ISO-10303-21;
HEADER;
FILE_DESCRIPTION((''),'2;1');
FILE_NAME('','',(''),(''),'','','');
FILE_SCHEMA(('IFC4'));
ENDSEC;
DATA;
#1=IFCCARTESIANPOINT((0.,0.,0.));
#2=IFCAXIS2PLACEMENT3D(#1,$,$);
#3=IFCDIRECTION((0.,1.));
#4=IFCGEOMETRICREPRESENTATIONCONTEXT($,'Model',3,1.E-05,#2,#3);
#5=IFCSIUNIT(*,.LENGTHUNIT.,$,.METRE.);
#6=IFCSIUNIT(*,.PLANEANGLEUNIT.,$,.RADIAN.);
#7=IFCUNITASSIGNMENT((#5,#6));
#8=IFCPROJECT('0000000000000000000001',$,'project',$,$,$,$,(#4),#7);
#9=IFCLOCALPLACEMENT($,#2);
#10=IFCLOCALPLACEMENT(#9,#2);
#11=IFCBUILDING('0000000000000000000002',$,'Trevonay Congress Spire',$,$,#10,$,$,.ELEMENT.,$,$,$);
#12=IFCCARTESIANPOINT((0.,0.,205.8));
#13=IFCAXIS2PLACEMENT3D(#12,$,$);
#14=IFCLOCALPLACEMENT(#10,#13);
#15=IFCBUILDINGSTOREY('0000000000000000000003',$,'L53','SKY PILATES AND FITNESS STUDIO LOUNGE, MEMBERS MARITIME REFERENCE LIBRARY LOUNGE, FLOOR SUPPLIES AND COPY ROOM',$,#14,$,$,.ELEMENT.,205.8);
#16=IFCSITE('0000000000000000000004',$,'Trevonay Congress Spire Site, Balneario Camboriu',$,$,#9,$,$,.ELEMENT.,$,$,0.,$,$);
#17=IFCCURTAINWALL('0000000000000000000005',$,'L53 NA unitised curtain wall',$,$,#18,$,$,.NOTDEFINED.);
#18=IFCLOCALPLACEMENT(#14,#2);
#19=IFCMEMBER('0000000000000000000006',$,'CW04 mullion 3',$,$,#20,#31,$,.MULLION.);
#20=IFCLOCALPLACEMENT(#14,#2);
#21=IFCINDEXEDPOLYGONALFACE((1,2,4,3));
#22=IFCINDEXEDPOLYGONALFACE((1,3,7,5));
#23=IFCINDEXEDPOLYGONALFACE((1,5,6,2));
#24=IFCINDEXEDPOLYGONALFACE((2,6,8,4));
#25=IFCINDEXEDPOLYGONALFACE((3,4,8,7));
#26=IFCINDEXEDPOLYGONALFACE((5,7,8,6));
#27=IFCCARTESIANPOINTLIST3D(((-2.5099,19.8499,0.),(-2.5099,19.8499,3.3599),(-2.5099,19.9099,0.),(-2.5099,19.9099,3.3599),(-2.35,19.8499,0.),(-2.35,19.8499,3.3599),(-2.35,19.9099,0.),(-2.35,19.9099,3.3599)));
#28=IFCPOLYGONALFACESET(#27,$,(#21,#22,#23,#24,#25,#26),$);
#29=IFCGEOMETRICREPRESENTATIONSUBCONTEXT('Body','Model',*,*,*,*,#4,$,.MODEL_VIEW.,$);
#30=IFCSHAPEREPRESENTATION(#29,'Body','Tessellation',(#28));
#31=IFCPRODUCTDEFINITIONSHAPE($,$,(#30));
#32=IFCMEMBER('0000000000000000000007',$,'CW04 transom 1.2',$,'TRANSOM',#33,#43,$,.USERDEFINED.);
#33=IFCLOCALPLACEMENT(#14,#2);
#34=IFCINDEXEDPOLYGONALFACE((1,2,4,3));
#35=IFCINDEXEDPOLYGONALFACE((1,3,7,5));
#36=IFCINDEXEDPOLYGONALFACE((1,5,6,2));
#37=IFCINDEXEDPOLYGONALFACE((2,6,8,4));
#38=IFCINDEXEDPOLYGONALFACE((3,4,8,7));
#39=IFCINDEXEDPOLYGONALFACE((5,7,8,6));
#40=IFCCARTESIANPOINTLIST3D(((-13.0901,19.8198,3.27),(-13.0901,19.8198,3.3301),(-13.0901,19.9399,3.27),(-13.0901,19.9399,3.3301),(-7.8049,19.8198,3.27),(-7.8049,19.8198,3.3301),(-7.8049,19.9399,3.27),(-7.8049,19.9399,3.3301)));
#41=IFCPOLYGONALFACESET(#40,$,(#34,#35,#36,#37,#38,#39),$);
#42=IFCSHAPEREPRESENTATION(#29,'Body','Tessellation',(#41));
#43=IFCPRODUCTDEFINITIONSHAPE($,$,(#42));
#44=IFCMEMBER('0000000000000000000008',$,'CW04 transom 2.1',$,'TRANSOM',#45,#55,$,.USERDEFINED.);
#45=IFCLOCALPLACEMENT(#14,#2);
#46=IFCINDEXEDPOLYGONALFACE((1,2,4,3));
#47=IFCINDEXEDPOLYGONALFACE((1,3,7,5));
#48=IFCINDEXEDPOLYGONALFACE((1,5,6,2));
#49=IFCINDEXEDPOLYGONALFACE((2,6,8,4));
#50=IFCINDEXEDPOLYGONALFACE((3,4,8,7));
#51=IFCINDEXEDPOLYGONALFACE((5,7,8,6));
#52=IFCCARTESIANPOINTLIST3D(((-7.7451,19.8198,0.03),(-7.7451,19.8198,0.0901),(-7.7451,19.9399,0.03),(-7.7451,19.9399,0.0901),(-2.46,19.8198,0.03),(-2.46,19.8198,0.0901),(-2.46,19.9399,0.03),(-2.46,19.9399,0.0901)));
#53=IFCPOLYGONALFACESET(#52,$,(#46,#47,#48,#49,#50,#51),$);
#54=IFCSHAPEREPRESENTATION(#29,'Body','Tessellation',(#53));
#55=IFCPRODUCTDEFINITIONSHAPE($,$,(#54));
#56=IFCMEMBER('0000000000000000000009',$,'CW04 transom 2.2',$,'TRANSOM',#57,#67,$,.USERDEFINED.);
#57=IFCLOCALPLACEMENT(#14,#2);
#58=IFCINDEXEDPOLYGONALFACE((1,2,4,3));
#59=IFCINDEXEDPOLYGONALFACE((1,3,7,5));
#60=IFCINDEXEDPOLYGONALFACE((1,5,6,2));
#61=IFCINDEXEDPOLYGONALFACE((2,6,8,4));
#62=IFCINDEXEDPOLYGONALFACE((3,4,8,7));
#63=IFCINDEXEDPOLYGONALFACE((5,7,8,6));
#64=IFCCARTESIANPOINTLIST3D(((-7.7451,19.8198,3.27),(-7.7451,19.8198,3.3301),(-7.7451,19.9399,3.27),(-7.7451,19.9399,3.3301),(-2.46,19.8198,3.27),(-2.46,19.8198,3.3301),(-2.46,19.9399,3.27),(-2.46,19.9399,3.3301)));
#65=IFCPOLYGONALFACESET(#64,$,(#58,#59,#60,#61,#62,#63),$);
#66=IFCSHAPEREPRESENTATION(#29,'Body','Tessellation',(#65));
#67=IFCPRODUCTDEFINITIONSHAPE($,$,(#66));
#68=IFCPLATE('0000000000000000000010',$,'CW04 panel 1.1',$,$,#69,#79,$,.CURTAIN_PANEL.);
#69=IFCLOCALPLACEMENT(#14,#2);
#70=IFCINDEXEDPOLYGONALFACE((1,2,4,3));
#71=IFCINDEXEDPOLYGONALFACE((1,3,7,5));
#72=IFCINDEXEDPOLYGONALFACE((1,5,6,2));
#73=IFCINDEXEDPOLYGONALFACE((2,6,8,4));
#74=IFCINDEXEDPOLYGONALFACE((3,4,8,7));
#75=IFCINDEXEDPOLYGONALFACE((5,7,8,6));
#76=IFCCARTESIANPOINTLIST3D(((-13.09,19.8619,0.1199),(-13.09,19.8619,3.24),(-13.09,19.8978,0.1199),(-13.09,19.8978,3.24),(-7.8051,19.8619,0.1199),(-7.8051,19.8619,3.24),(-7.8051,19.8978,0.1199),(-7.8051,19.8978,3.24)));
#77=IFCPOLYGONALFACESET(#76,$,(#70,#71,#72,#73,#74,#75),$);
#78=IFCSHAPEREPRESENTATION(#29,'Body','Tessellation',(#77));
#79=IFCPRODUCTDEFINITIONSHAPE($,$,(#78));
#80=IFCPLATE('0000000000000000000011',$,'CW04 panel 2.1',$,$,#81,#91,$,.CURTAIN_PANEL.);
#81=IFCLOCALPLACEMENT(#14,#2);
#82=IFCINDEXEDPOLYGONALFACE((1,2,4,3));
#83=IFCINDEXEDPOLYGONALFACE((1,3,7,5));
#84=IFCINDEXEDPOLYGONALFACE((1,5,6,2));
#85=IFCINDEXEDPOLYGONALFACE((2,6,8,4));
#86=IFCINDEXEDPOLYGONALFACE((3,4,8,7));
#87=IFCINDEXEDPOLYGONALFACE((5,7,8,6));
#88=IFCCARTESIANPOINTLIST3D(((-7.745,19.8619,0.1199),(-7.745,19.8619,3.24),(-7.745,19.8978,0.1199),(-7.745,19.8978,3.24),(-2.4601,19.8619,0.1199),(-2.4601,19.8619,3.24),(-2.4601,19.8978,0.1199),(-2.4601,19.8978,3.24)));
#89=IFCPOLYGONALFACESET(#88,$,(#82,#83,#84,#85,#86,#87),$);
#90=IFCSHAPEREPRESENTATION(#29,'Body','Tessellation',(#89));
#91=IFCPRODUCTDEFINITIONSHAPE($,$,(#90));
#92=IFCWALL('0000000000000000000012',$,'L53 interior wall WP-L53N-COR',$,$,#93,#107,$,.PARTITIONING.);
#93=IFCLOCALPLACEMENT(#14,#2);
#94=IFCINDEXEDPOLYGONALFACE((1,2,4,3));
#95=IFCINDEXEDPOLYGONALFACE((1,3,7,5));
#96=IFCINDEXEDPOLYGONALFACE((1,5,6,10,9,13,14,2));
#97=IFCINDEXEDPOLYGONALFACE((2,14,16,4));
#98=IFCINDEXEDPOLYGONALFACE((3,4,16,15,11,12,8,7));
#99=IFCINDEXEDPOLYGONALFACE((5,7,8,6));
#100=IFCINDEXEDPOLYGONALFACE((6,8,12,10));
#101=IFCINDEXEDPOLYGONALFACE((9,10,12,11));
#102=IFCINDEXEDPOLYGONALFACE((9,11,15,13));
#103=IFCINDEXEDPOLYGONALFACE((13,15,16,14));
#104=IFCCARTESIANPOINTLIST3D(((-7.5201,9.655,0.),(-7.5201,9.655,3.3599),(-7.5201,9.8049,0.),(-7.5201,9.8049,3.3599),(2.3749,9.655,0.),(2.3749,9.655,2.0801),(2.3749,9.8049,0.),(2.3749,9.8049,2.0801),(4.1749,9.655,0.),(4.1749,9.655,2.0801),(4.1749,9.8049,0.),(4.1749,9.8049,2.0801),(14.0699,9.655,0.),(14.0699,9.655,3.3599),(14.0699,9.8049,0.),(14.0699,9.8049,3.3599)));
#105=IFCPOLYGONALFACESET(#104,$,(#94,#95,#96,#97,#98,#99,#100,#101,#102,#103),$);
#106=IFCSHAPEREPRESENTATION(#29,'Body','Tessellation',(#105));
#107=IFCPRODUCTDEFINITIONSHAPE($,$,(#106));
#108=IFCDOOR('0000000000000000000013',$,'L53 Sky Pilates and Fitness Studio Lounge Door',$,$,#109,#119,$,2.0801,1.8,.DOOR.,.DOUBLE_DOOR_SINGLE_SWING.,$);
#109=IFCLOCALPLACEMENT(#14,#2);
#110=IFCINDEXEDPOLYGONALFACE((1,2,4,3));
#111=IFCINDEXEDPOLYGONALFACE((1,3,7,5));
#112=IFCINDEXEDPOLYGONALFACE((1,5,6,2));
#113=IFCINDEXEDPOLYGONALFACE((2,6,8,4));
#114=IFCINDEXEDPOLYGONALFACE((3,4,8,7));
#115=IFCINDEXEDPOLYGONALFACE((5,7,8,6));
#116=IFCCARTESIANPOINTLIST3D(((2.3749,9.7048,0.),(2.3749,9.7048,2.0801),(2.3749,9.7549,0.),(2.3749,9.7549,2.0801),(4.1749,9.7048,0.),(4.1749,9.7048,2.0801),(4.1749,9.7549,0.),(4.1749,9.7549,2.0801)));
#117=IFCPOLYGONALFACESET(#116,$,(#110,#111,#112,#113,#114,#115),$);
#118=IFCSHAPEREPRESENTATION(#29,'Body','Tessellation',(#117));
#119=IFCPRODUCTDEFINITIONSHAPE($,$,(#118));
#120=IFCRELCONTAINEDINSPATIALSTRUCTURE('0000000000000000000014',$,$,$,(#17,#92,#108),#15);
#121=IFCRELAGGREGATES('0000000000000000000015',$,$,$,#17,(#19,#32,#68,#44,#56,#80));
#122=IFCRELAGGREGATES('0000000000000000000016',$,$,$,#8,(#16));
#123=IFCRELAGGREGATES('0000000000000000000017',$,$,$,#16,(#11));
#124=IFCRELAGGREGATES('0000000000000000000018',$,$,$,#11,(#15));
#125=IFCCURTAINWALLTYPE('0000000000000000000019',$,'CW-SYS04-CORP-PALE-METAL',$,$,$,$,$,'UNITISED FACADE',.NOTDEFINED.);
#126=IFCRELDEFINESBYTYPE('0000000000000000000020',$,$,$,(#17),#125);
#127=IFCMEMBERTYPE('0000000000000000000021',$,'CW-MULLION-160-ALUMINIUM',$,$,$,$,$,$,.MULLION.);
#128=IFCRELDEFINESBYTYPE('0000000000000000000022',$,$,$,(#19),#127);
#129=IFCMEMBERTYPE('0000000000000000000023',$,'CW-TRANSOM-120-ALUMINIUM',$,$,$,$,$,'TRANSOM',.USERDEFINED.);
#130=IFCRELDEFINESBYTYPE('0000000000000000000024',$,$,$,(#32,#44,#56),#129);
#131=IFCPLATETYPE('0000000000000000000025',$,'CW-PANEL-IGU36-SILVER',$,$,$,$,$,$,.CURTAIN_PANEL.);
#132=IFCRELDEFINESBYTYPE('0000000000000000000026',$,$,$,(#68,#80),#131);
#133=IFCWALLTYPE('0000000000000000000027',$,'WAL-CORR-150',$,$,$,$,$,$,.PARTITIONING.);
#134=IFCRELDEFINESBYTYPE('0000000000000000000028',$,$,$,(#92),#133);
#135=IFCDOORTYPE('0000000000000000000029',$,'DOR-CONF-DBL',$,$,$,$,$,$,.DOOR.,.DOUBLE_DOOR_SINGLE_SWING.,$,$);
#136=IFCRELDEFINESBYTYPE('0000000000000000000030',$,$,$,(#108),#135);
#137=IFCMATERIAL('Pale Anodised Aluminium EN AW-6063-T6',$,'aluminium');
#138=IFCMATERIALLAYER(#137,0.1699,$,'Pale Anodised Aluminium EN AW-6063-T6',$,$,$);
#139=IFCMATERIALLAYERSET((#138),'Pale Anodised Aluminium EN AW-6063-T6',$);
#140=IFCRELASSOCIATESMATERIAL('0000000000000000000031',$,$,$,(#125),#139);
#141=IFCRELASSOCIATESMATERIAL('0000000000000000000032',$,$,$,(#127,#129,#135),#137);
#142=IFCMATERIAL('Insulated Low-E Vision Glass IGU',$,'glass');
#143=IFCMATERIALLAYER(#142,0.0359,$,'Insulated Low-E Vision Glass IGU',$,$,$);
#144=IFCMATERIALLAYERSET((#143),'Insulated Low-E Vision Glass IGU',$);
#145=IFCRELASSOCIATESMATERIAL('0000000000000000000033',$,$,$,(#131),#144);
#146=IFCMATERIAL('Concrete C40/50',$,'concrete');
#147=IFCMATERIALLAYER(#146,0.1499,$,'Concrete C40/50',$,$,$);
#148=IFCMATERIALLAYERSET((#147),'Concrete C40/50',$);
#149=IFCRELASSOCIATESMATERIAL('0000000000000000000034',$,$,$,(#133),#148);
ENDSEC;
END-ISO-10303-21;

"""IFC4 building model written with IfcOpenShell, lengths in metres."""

from ifc_helpers import new_model, si_unit, direction, frame, frame_2d, origin, origin_2d, place, context, subcontext, project, spatial, rectangle, extrude, material, layer, layer_set, material_profile, profile_set, type_object, element, fill, aggregate, save


model = new_model("IFC4")

# Units and contexts
model_context = context("Model", 3, precision=1e-05, world=origin(), true_north=direction((0.0, 1.0)))
body_context = subcontext(model_context, "Body", "Model", "MODEL_VIEW")
ifc_project = project(units=[si_unit("LENGTHUNIT", "METRE"), si_unit("PLANEANGLEUNIT", "RADIAN")], contexts=[model_context])

# Site, building, storey
site_placement = place(None, origin())
site = spatial("IfcSite", under=ifc_project, at=site_placement, Name="Trevonay Congress Spire Site, Balneario Camboriu", CompositionType="ELEMENT", RefElevation=0.0)
building_placement = place(site_placement, origin())
building = spatial("IfcBuilding", under=site, at=building_placement, Name="Trevonay Congress Spire", CompositionType="ELEMENT")
storey_placement = place(building_placement, frame((0.0, 0.0, 205.8)))
storey = spatial("IfcBuildingStorey", under=building, at=storey_placement, Name="L53", Description="SKY PILATES AND FITNESS STUDIO LOUNGE, MEMBERS MARITIME REFERENCE LIBRARY LOUNGE, FLOOR SUPPLIES AND COPY ROOM", CompositionType="ELEMENT", Elevation=205.8)

# Curtain wall, members, plates
ifc_material_1 = material(Name="Pale Anodised Aluminium EN AW-6063-T6", Category="aluminium")
ifc_layer_1 = layer(ifc_material_1, 0.1699, Name="Pale Anodised Aluminium EN AW-6063-T6")
ifc_layer_set_1 = layer_set([ifc_layer_1], Name="Pale Anodised Aluminium EN AW-6063-T6")
curtain_wall_type = type_object("IfcCurtainWallType", Name="CW-SYS04-CORP-PALE-METAL", ElementType="UNITISED FACADE", PredefinedType="NOTDEFINED", material=ifc_layer_set_1)
curtain_wall_placement = place(storey_placement, origin())
curtain_wall = element("IfcCurtainWall", 1, at=curtain_wall_placement, inside=storey, type_object=curtain_wall_type, Name="L53 NA unitised curtain wall", PredefinedType="NOTDEFINED")
ifc_material_profile_1 = material_profile(ifc_material_1, rectangle(XDim=0.0601, YDim=0.1599, at=origin_2d()), Name="CW-MULLION-160-ALUMINIUM")
ifc_profile_set_1 = profile_set([ifc_material_profile_1], Name="Pale Anodised Aluminium EN AW-6063-T6")
member_type_1 = type_object("IfcMemberType", Name="CW-MULLION-160-ALUMINIUM", PredefinedType="MULLION", material=ifc_profile_set_1)
member_1_placement = place(storey_placement, frame((-2.4299, 19.8799, 0.0), z_axis=(0.0, 0.0, 1.0), x_axis=(0.0, 1.0, 0.0)))
member_1 = element("IfcMember", 2, at=member_1_placement, type_object=member_type_1, Name="CW04 mullion 3", PredefinedType="MULLION", context=body_context, shape_type="SweptSolid", body=[
    extrude(rectangle(XDim=0.0601, YDim=0.1599, at=origin_2d()), origin(), (0.0, 0.0, 1.0), 3.3599),
])
ifc_material_profile_2 = material_profile(ifc_material_1, rectangle(XDim=0.1201, YDim=0.0601, at=origin_2d()), Name="CW-TRANSOM-120-ALUMINIUM")
ifc_profile_set_2 = profile_set([ifc_material_profile_2], Name="Pale Anodised Aluminium EN AW-6063-T6")
member_type_2 = type_object("IfcMemberType", Name="CW-TRANSOM-120-ALUMINIUM", ElementType="TRANSOM", PredefinedType="USERDEFINED", material=ifc_profile_set_2)
member_2_placement = place(storey_placement, frame((-13.0901, 19.8799, 3.3), z_axis=(1.0, 0.0, 0.0), x_axis=(0.0, 1.0, 0.0)))
member_2 = element("IfcMember", 3, at=member_2_placement, type_object=member_type_2, Name="CW04 transom 1.2", ObjectType="TRANSOM", PredefinedType="USERDEFINED", context=body_context, shape_type="SweptSolid", body=[
    extrude(rectangle(XDim=0.1201, YDim=0.0601, at=origin_2d()), origin(), (0.0, 0.0, 1.0), 5.2852),
])
member_3_placement = place(storey_placement, frame((-7.7451, 19.8799, 0.0601), z_axis=(1.0, 0.0, 0.0), x_axis=(0.0, 1.0, 0.0)))
member_3 = element("IfcMember", 4, at=member_3_placement, type_object=member_type_2, Name="CW04 transom 2.1", ObjectType="TRANSOM", PredefinedType="USERDEFINED", context=body_context, shape_type="SweptSolid", body=[
    extrude(rectangle(XDim=0.1201, YDim=0.0601, at=origin_2d()), origin(), (0.0, 0.0, 1.0), 5.2852),
])
member_4_placement = place(storey_placement, frame((-7.7451, 19.8799, 3.3), z_axis=(1.0, 0.0, 0.0), x_axis=(0.0, 1.0, 0.0)))
member_4 = element("IfcMember", 5, at=member_4_placement, type_object=member_type_2, Name="CW04 transom 2.2", ObjectType="TRANSOM", PredefinedType="USERDEFINED", context=body_context, shape_type="SweptSolid", body=[
    extrude(rectangle(XDim=0.1201, YDim=0.0601, at=origin_2d()), origin(), (0.0, 0.0, 1.0), 5.2852),
])
ifc_material_2 = material(Name="Insulated Low-E Vision Glass IGU", Category="glass")
ifc_layer_2 = layer(ifc_material_2, 0.0359, Name="Insulated Low-E Vision Glass IGU")
ifc_layer_set_2 = layer_set([ifc_layer_2], Name="Insulated Low-E Vision Glass IGU")
plate_type = type_object("IfcPlateType", Name="CW-PANEL-IGU36-SILVER", PredefinedType="CURTAIN_PANEL", material=ifc_layer_set_2)
plate_1_placement = place(storey_placement, frame((-10.4475, 19.8799, 0.1199), z_axis=(0.0, 0.0, 1.0), x_axis=(1.0, 0.0, 0.0)))
plate_1 = element("IfcPlate", 6, at=plate_1_placement, type_object=plate_type, Name="CW04 panel 1.1", PredefinedType="CURTAIN_PANEL", context=body_context, shape_type="SweptSolid", body=[
    extrude(rectangle(XDim=5.2849, YDim=0.0359, at=origin_2d()), origin(), (0.0, 0.0, 1.0), 3.1201),
])
plate_2_placement = place(storey_placement, frame((-5.1025, 19.8799, 0.1199), z_axis=(0.0, 0.0, 1.0), x_axis=(1.0, 0.0, 0.0)))
plate_2 = element("IfcPlate", 7, at=plate_2_placement, type_object=plate_type, Name="CW04 panel 2.1", PredefinedType="CURTAIN_PANEL", context=body_context, shape_type="SweptSolid", body=[
    extrude(rectangle(XDim=5.2849, YDim=0.0359, at=origin_2d()), origin(), (0.0, 0.0, 1.0), 3.1201),
])
aggregate(curtain_wall, [member_1, member_2, plate_1, member_3, member_4, plate_2])

# Wall, opening, door
ifc_material_3 = material(Name="Concrete C40/50", Category="concrete")
ifc_layer_3 = layer(ifc_material_3, 0.1499, Name="Concrete C40/50")
ifc_layer_set_3 = layer_set([ifc_layer_3], Name="Concrete C40/50")
wall_type_1 = type_object("IfcWallType", Name="WAL-CORR-150", PredefinedType="PARTITIONING", material=ifc_layer_set_3)
wall_1_placement = place(storey_placement, frame((-7.52, 9.73, 0.0), z_axis=(0.0, 0.0, 1.0), x_axis=(1.0, 0.0, 0.0)))
wall_1 = element("IfcWall", 8, at=wall_1_placement, inside=storey, type_object=wall_type_1, Name="L53 interior wall WP-L53N-COR", PredefinedType="PARTITIONING", context=body_context, shape_type="SweptSolid", body=[
    extrude(rectangle(XDim=21.5901, YDim=0.1499, at=frame_2d((10.7949, 0.0))), origin(), (0.0, 0.0, 1.0), 3.3599),
])
opening_1_placement = place(wall_1_placement, frame((9.895, 0.0, 0.0)))
opening_1 = element("IfcOpeningElement", 9, at=opening_1_placement, cuts=wall_1, PredefinedType="OPENING", context=body_context, shape_type="SweptSolid", body=[
    extrude(rectangle(XDim=1.8, YDim=2.0801, at=frame_2d((0.8999, 1.04))), frame((0.0, 0.085, 0.0), z_axis=(0.0, -1.0, 0.0), x_axis=(1.0, 0.0, 0.0)), (0.0, 0.0, 1.0), 0.1699),
])
door_type_1 = type_object("IfcDoorType", Name="DOR-CONF-DBL", OperationType="DOUBLE_DOOR_SINGLE_SWING", PredefinedType="DOOR", material=ifc_material_1)
door_1_placement = place(opening_1_placement, origin())
door_1 = element("IfcDoor", 10, at=door_1_placement, inside=storey, type_object=door_type_1, Name="L53 Sky Pilates and Fitness Studio Lounge Door", OperationType="DOUBLE_DOOR_SINGLE_SWING", OverallHeight=2.0801, OverallWidth=1.8, PredefinedType="DOOR", context=body_context, shape_type="SweptSolid", body=[
    extrude(rectangle(XDim=1.8, YDim=2.0801, at=frame_2d((0.8999, 1.04))), frame((0.0, 0.0249, 0.0), z_axis=(0.0, -1.0, 0.0), x_axis=(1.0, 0.0, 0.0)), (0.0, 0.0, 1.0), 0.05),
])
fill(opening_1, door_1)

save(model, "model.ifc")
